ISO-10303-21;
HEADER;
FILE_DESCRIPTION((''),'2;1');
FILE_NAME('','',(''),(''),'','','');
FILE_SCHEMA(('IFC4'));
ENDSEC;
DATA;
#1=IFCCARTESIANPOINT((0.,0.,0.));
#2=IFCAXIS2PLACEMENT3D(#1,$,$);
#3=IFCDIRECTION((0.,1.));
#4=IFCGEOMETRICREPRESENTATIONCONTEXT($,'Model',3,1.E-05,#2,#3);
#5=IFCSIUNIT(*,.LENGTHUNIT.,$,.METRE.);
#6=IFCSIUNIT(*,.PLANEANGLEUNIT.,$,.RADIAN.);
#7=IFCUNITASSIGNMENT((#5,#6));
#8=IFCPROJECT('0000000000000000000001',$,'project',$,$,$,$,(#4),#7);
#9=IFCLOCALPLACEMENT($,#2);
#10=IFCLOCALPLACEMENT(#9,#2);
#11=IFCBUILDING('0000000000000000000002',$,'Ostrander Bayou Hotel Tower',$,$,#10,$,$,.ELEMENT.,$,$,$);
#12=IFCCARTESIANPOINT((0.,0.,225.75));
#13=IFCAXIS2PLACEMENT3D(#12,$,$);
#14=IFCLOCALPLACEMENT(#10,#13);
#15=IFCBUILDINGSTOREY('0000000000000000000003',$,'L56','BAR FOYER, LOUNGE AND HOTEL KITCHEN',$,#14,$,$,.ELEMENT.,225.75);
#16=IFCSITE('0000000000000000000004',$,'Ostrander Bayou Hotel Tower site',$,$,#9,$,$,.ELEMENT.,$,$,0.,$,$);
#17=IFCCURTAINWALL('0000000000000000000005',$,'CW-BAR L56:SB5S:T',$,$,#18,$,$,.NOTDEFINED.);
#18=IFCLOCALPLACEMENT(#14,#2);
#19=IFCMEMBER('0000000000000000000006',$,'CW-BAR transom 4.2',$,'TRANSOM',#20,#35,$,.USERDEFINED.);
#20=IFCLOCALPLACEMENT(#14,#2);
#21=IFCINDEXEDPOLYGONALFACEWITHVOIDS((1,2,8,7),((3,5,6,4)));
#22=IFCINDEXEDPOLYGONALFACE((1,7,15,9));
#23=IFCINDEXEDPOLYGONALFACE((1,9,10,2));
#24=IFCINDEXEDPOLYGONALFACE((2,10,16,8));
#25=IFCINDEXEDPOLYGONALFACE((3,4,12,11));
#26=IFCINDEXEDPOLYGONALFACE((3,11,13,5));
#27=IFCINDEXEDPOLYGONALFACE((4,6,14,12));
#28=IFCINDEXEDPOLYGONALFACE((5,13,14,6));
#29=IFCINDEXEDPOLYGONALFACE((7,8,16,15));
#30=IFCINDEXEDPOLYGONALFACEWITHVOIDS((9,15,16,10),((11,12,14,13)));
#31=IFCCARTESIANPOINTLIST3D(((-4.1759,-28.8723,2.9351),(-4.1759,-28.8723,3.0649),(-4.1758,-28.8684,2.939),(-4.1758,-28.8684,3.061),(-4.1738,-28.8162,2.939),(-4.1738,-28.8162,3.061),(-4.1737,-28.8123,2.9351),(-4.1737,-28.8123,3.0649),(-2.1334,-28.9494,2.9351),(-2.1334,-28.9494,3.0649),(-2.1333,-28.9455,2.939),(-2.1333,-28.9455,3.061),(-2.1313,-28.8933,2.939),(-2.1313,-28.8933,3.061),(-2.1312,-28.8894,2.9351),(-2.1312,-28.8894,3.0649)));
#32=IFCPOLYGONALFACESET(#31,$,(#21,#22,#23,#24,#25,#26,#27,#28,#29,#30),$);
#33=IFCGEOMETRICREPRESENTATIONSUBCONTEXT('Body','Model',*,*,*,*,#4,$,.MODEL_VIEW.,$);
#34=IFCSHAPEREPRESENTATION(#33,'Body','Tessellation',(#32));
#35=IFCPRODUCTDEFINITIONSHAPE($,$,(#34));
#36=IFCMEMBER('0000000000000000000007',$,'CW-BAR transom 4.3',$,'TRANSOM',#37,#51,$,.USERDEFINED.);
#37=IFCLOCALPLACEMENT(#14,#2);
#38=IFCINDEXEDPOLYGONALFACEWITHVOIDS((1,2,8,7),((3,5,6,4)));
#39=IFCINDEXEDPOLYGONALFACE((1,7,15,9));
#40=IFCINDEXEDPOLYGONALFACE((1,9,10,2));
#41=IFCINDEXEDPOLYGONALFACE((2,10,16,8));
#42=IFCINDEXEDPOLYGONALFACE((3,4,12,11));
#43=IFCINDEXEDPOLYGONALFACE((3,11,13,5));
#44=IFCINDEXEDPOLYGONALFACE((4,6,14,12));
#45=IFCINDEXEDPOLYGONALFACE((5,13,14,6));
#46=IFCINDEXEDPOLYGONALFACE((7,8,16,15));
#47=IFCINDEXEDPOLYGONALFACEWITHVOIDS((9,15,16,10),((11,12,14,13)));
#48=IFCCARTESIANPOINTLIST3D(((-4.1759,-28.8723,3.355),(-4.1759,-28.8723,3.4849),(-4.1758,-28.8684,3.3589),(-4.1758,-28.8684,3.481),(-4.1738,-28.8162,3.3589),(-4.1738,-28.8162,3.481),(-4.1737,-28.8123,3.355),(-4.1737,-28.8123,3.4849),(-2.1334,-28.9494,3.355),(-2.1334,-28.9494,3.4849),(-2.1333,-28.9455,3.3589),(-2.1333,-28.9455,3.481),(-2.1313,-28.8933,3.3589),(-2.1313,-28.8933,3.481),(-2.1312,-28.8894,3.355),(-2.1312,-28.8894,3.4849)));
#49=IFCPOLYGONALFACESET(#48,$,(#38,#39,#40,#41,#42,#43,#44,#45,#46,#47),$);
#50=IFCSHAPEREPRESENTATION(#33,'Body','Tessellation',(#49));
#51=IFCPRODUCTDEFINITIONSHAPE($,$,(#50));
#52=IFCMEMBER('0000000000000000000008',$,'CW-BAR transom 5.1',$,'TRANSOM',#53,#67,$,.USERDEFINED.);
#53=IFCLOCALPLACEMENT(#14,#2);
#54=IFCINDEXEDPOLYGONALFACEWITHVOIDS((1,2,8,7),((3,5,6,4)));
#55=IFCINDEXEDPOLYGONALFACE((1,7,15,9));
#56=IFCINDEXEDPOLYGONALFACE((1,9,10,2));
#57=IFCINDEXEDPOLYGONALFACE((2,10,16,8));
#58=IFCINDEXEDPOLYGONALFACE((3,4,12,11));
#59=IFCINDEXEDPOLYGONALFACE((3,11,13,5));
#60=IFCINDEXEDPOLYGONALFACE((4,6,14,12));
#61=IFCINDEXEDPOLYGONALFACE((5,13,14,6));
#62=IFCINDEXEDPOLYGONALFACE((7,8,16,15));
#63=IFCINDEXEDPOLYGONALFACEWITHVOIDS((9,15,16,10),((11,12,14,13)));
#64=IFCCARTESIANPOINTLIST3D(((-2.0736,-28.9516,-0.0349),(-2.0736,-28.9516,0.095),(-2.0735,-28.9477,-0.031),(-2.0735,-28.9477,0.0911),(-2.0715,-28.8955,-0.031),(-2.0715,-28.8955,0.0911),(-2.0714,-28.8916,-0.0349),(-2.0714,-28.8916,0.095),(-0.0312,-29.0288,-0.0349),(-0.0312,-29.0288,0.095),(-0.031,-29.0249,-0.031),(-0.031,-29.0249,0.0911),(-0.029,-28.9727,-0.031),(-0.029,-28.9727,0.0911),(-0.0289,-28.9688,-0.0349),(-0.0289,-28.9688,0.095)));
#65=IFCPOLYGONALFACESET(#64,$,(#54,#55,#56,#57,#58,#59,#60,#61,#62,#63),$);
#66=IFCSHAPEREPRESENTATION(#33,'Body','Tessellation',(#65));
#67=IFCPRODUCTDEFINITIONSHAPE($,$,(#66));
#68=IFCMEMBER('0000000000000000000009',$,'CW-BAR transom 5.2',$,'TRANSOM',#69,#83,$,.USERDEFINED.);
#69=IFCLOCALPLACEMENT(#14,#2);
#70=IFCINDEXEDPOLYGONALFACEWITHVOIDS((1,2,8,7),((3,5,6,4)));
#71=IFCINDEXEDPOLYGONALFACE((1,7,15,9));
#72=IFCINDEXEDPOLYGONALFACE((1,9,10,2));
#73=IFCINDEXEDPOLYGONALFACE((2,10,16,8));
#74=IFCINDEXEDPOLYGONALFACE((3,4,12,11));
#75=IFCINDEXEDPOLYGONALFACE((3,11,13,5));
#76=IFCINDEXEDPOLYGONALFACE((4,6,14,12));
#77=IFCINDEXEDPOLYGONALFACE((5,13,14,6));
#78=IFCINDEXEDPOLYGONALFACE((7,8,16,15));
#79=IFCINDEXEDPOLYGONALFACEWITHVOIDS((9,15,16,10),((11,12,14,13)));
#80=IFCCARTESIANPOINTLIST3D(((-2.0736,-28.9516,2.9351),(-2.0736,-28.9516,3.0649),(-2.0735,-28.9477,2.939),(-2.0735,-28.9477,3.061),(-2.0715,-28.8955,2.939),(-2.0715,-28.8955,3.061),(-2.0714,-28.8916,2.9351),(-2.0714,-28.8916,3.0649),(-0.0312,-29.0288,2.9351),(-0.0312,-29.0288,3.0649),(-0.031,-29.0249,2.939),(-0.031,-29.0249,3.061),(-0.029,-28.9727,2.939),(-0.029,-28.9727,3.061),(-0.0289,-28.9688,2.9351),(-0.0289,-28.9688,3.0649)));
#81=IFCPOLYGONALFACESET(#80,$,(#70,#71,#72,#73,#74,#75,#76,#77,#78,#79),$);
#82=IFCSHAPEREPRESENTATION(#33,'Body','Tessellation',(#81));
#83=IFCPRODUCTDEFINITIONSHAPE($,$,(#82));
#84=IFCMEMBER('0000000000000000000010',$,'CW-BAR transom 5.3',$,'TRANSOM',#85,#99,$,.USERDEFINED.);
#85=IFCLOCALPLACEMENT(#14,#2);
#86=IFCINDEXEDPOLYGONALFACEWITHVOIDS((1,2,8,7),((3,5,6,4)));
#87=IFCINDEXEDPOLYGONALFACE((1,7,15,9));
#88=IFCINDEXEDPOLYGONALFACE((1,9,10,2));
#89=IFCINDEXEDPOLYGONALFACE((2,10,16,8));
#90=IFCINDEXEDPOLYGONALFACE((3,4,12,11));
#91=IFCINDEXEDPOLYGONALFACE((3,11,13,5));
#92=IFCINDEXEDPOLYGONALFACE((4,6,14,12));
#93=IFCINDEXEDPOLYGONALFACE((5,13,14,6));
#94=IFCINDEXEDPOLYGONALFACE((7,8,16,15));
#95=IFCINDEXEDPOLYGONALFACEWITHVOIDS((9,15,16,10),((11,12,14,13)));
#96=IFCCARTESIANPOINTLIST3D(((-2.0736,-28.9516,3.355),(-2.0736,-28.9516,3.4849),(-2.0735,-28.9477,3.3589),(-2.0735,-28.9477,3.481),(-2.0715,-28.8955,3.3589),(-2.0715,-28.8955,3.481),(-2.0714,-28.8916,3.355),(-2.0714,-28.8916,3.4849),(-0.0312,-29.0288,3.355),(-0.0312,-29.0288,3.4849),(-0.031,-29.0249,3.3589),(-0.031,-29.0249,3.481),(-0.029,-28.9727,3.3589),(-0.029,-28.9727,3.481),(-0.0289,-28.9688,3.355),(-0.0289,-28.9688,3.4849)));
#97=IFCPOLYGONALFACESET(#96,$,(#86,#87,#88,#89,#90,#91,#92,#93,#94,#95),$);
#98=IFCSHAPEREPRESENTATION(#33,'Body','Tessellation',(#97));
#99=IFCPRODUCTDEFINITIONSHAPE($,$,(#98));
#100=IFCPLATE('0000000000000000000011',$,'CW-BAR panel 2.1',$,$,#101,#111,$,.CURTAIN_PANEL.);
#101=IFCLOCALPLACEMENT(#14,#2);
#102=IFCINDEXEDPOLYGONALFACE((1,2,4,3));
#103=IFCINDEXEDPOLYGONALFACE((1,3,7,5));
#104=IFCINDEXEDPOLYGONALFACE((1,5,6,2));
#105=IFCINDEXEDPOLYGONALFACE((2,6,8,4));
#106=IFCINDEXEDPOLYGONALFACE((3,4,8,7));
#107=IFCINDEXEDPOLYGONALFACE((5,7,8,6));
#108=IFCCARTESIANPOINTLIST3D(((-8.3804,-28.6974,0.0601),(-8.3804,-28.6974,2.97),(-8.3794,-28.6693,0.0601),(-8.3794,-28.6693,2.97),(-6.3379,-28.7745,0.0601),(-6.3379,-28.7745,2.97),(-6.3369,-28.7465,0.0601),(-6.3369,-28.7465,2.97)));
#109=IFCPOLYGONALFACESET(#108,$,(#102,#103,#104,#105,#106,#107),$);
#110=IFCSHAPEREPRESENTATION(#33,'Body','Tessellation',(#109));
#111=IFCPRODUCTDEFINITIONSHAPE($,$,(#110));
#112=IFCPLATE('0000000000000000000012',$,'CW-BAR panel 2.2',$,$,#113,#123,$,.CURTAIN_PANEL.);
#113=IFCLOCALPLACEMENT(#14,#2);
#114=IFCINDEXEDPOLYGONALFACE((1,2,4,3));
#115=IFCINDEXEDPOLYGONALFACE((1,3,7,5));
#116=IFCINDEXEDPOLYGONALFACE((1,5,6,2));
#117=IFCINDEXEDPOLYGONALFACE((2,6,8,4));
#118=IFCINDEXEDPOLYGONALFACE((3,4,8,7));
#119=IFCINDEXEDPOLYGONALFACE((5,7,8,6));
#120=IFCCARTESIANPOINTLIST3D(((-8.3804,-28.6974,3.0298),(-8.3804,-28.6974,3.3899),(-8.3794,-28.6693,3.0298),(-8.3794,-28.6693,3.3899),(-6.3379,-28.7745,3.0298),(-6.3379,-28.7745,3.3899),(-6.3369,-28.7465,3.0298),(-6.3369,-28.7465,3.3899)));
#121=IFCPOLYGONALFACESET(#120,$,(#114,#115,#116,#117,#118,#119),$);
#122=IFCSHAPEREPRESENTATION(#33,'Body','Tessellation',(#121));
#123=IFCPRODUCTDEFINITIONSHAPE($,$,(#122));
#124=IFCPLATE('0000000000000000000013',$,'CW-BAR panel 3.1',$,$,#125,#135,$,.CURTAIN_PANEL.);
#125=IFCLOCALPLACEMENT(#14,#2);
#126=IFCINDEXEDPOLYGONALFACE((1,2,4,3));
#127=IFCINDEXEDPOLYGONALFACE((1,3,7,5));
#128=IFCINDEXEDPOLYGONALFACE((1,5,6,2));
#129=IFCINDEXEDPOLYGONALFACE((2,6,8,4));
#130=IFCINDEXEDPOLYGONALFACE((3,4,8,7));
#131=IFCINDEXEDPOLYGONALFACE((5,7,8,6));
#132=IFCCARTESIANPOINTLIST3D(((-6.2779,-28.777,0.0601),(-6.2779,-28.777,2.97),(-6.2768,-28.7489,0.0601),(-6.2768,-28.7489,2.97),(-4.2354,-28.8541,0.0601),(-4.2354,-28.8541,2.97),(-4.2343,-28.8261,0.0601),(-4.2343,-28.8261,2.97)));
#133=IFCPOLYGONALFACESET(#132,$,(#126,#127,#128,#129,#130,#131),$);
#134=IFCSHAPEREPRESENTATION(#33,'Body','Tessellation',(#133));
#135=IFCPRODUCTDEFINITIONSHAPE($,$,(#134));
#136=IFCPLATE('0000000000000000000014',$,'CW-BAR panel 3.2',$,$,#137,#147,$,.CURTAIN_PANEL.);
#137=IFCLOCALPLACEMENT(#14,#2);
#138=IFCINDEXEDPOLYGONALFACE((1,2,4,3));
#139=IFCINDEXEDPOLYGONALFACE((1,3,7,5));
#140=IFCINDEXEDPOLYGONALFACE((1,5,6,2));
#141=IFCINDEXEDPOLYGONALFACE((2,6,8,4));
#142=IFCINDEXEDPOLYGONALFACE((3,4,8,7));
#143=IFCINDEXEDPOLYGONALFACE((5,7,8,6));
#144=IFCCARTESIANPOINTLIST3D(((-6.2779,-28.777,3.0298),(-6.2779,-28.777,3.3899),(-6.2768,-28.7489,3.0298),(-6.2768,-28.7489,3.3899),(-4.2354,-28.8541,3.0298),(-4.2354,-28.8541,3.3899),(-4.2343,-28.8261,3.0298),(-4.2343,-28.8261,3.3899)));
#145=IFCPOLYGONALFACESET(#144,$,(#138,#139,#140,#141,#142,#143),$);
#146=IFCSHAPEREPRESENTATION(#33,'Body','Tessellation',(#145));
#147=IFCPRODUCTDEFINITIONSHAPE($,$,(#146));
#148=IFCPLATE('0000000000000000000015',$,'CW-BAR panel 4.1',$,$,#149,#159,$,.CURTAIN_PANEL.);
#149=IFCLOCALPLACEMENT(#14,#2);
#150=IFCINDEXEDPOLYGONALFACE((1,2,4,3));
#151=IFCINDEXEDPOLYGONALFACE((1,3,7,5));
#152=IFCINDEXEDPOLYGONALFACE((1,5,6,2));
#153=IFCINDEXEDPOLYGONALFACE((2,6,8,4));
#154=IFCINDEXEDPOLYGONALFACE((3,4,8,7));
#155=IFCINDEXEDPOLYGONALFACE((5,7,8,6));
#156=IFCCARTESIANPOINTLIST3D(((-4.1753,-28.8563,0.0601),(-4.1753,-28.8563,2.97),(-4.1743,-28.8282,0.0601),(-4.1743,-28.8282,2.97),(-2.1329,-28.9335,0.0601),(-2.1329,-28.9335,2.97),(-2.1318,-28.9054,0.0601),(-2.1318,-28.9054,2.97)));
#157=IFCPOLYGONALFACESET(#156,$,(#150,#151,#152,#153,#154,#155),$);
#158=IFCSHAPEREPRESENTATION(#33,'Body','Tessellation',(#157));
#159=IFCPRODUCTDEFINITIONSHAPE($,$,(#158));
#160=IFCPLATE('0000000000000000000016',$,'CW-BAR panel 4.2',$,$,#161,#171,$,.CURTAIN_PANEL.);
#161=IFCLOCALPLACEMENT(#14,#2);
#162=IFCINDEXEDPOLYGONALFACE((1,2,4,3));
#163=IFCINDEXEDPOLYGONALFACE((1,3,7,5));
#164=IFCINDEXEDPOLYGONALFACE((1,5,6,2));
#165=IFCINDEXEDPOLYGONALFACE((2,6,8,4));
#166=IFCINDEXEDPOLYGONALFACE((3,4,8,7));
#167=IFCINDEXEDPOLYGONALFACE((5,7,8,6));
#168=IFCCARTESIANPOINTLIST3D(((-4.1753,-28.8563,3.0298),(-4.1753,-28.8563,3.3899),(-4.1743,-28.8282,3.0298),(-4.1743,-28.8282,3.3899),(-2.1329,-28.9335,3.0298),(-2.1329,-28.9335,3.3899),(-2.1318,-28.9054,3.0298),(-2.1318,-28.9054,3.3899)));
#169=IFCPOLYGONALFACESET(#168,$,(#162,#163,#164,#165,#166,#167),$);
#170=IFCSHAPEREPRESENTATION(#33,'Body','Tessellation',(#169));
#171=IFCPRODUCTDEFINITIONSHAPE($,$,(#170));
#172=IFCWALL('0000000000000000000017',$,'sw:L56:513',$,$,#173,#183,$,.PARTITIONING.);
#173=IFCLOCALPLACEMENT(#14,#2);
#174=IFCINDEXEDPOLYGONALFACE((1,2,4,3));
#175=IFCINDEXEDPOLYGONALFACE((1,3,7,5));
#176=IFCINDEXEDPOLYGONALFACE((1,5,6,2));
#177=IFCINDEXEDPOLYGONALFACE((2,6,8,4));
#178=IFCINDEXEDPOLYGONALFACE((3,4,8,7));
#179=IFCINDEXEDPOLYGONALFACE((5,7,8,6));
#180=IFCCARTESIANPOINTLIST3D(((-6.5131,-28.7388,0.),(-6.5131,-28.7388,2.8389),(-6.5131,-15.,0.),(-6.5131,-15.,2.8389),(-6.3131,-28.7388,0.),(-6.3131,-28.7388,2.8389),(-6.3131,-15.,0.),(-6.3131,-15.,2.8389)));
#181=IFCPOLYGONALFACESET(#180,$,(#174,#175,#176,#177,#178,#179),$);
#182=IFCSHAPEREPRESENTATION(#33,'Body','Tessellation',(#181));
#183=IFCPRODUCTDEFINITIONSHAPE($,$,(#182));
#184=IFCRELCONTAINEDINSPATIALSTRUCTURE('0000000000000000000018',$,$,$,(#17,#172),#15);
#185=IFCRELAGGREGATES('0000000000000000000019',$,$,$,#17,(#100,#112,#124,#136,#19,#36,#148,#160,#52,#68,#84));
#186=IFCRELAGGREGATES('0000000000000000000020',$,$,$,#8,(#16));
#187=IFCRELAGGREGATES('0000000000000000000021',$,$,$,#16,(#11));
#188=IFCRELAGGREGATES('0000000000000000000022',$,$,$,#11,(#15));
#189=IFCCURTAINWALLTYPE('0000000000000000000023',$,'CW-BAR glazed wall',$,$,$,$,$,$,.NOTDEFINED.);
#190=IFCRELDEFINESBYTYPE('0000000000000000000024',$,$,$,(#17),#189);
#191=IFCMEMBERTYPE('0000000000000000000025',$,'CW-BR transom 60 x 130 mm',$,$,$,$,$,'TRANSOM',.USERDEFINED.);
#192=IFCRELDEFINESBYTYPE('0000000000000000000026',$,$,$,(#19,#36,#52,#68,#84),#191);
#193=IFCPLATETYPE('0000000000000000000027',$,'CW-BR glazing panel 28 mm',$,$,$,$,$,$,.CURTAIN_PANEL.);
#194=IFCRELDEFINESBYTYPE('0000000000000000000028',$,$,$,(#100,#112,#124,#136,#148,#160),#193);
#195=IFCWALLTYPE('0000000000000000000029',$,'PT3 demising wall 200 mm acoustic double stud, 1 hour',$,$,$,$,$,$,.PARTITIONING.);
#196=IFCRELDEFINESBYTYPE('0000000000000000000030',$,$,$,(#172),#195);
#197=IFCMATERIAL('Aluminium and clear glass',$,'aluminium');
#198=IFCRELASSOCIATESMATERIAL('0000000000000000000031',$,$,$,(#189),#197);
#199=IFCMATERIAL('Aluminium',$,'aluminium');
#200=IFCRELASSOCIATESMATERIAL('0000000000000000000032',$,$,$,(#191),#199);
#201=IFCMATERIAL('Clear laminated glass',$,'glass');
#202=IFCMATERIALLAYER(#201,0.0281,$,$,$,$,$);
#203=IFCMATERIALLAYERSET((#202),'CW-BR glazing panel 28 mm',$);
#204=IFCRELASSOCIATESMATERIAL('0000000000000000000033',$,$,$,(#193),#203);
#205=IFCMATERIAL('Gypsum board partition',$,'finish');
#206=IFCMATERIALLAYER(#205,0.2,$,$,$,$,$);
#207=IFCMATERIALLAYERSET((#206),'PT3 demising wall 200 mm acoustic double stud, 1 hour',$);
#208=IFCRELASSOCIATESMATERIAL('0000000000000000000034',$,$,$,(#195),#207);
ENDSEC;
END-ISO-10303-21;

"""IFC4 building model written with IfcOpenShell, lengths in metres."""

from ifc_helpers import new_model, si_unit, direction, frame, frame_2d, origin, origin_2d, place, context, subcontext, project, spatial, rectangle, hollow_rectangle, extrude, material, layer, layer_set, material_profile, profile_set, type_object, element, aggregate, save


model = new_model("IFC4")

# Units and contexts
model_context = context("Model", 3, precision=1e-05, world=origin(), true_north=direction((0.0, 1.0)))
body_context = subcontext(model_context, "Body", "Model", "MODEL_VIEW")
ifc_project = project(units=[si_unit("LENGTHUNIT", "METRE"), si_unit("PLANEANGLEUNIT", "RADIAN")], contexts=[model_context])

# Site, building, storey
site_placement = place(None, origin())
site = spatial("IfcSite", under=ifc_project, at=site_placement, Name="Ostrander Bayou Hotel Tower site", CompositionType="ELEMENT", RefElevation=0.0)
building_placement = place(site_placement, origin())
building = spatial("IfcBuilding", under=site, at=building_placement, Name="Ostrander Bayou Hotel Tower", CompositionType="ELEMENT")
storey_placement = place(building_placement, frame((0.0, 0.0, 225.75)))
storey = spatial("IfcBuildingStorey", under=building, at=storey_placement, Name="L56", Description="BAR FOYER, LOUNGE AND HOTEL KITCHEN", CompositionType="ELEMENT", Elevation=225.75)

# Curtain wall, members, plates
ifc_material_1 = material(Name="Aluminium and clear glass", Category="aluminium")
curtain_wall_type = type_object("IfcCurtainWallType", Name="CW-BAR glazed wall", PredefinedType="NOTDEFINED", material=ifc_material_1)
curtain_wall_placement = place(storey_placement, origin())
curtain_wall = element("IfcCurtainWall", 1, at=curtain_wall_placement, inside=storey, type_object=curtain_wall_type, Name="CW-BAR L56:SB5S:T", PredefinedType="NOTDEFINED")
ifc_material_2 = material(Name="Aluminium", Category="aluminium")
ifc_material_profile_1 = material_profile(ifc_material_2, hollow_rectangle(XDim=0.0601, YDim=0.1299, WallThickness=0.0039, at=origin_2d()))
ifc_profile_set_1 = profile_set([ifc_material_profile_1], Name="Aluminium")
member_type_1 = type_object("IfcMemberType", Name="CW-BR transom 60 x 130 mm", ElementType="TRANSOM", PredefinedType="USERDEFINED", material=ifc_profile_set_1)
member_1_placement = place(storey_placement, frame((-4.1748, -28.8423, 3.0), z_axis=(0.999287, -0.037745, 0.0), x_axis=(0.037745, 0.999287, 0.0)))
member_1 = element("IfcMember", 2, at=member_1_placement, type_object=member_type_1, Name="CW-BAR transom 4.2", ObjectType="TRANSOM", PredefinedType="USERDEFINED", context=body_context, shape_type="SweptSolid", body=[
    extrude(hollow_rectangle(XDim=0.0601, YDim=0.1299, WallThickness=0.0039, at=origin_2d()), origin(), (0.0, 0.0, 1.0), 2.0439),
])
member_2_placement = place(storey_placement, frame((-4.1748, -28.8423, 3.4199), z_axis=(0.999287, -0.037745, 0.0), x_axis=(0.037745, 0.999287, 0.0)))
member_2 = element("IfcMember", 3, at=member_2_placement, type_object=member_type_1, Name="CW-BAR transom 4.3", ObjectType="TRANSOM", PredefinedType="USERDEFINED", context=body_context, shape_type="SweptSolid", body=[
    extrude(hollow_rectangle(XDim=0.0601, YDim=0.1299, WallThickness=0.0039, at=origin_2d()), origin(), (0.0, 0.0, 1.0), 2.0439),
])
member_3_placement = place(storey_placement, frame((-2.0725, -28.9216, 0.03), z_axis=(0.999287, -0.037745, 0.0), x_axis=(0.037745, 0.999287, 0.0)))
member_3 = element("IfcMember", 4, at=member_3_placement, type_object=member_type_1, Name="CW-BAR transom 5.1", ObjectType="TRANSOM", PredefinedType="USERDEFINED", context=body_context, shape_type="SweptSolid", body=[
    extrude(hollow_rectangle(XDim=0.0601, YDim=0.1299, WallThickness=0.0039, at=origin_2d()), origin(), (0.0, 0.0, 1.0), 2.0439),
])
member_4_placement = place(storey_placement, frame((-2.0725, -28.9216, 3.0), z_axis=(0.999287, -0.037745, 0.0), x_axis=(0.037745, 0.999287, 0.0)))
member_4 = element("IfcMember", 5, at=member_4_placement, type_object=member_type_1, Name="CW-BAR transom 5.2", ObjectType="TRANSOM", PredefinedType="USERDEFINED", context=body_context, shape_type="SweptSolid", body=[
    extrude(hollow_rectangle(XDim=0.0601, YDim=0.1299, WallThickness=0.0039, at=origin_2d()), origin(), (0.0, 0.0, 1.0), 2.0439),
])
member_5_placement = place(storey_placement, frame((-2.0725, -28.9216, 3.4199), z_axis=(0.999287, -0.037745, 0.0), x_axis=(0.037745, 0.999287, 0.0)))
member_5 = element("IfcMember", 6, at=member_5_placement, type_object=member_type_1, Name="CW-BAR transom 5.3", ObjectType="TRANSOM", PredefinedType="USERDEFINED", context=body_context, shape_type="SweptSolid", body=[
    extrude(hollow_rectangle(XDim=0.0601, YDim=0.1299, WallThickness=0.0039, at=origin_2d()), origin(), (0.0, 0.0, 1.0), 2.0439),
])
ifc_material_3 = material(Name="Clear laminated glass", Category="glass")
ifc_layer_1 = layer(ifc_material_3, 0.0281)
ifc_layer_set_1 = layer_set([ifc_layer_1], Name="CW-BR glazing panel 28 mm")
plate_type = type_object("IfcPlateType", Name="CW-BR glazing panel 28 mm", PredefinedType="CURTAIN_PANEL", material=ifc_layer_set_1)
plate_1_placement = place(storey_placement, frame((-7.3586, -28.7219, 0.0601), z_axis=(0.0, 0.0, 1.0), x_axis=(0.999287, -0.037758, 0.0)))
plate_1 = element("IfcPlate", 7, at=plate_1_placement, type_object=plate_type, Name="CW-BAR panel 2.1", PredefinedType="CURTAIN_PANEL", context=body_context, shape_type="SweptSolid", body=[
    extrude(rectangle(XDim=2.0439, YDim=0.0281, at=origin_2d()), origin(), (0.0, 0.0, 1.0), 2.9099),
])
plate_2_placement = place(storey_placement, frame((-7.3586, -28.7219, 3.0298), z_axis=(0.0, 0.0, 1.0), x_axis=(0.999287, -0.037758, 0.0)))
plate_2 = element("IfcPlate", 8, at=plate_2_placement, type_object=plate_type, Name="CW-BAR panel 2.2", PredefinedType="CURTAIN_PANEL", context=body_context, shape_type="SweptSolid", body=[
    extrude(rectangle(XDim=2.0439, YDim=0.0281, at=origin_2d()), origin(), (0.0, 0.0, 1.0), 0.3601),
])
plate_3_placement = place(storey_placement, frame((-5.2561, -28.8015, 0.0601), z_axis=(0.0, 0.0, 1.0), x_axis=(0.999287, -0.037758, 0.0)))
plate_3 = element("IfcPlate", 9, at=plate_3_placement, type_object=plate_type, Name="CW-BAR panel 3.1", PredefinedType="CURTAIN_PANEL", context=body_context, shape_type="SweptSolid", body=[
    extrude(rectangle(XDim=2.0439, YDim=0.0281, at=origin_2d()), origin(), (0.0, 0.0, 1.0), 2.9099),
])
plate_4_placement = place(storey_placement, frame((-5.2561, -28.8015, 3.0298), z_axis=(0.0, 0.0, 1.0), x_axis=(0.999287, -0.037758, 0.0)))
plate_4 = element("IfcPlate", 10, at=plate_4_placement, type_object=plate_type, Name="CW-BAR panel 3.2", PredefinedType="CURTAIN_PANEL", context=body_context, shape_type="SweptSolid", body=[
    extrude(rectangle(XDim=2.0439, YDim=0.0281, at=origin_2d()), origin(), (0.0, 0.0, 1.0), 0.3601),
])
plate_5_placement = place(storey_placement, frame((-3.1536, -28.8809, 0.0601), z_axis=(0.0, 0.0, 1.0), x_axis=(0.999287, -0.037758, 0.0)))
plate_5 = element("IfcPlate", 11, at=plate_5_placement, type_object=plate_type, Name="CW-BAR panel 4.1", PredefinedType="CURTAIN_PANEL", context=body_context, shape_type="SweptSolid", body=[
    extrude(rectangle(XDim=2.0439, YDim=0.0281, at=origin_2d()), origin(), (0.0, 0.0, 1.0), 2.9099),
])
plate_6_placement = place(storey_placement, frame((-3.1536, -28.8809, 3.0298), z_axis=(0.0, 0.0, 1.0), x_axis=(0.999287, -0.037758, 0.0)))
plate_6 = element("IfcPlate", 12, at=plate_6_placement, type_object=plate_type, Name="CW-BAR panel 4.2", PredefinedType="CURTAIN_PANEL", context=body_context, shape_type="SweptSolid", body=[
    extrude(rectangle(XDim=2.0439, YDim=0.0281, at=origin_2d()), origin(), (0.0, 0.0, 1.0), 0.3601),
])
aggregate(curtain_wall, [plate_1, plate_2, plate_3, plate_4, member_1, member_2, plate_5, plate_6, member_3, member_4, member_5])

# Wall
ifc_material_4 = material(Name="Gypsum board partition", Category="finish")
ifc_layer_2 = layer(ifc_material_4, 0.2)
ifc_layer_set_2 = layer_set([ifc_layer_2], Name="PT3 demising wall 200 mm acoustic double stud, 1 hour")
wall_type = type_object("IfcWallType", Name="PT3 demising wall 200 mm acoustic double stud, 1 hour", PredefinedType="PARTITIONING", material=ifc_layer_set_2)
wall_placement = place(storey_placement, frame((-6.4131, -28.7388, 0.0), z_axis=(0.0, 0.0, 1.0), x_axis=(0.0, 1.0, 0.0)))
element("IfcWall", 13, at=wall_placement, inside=storey, type_object=wall_type, Name="sw:L56:513", PredefinedType="PARTITIONING", context=body_context, shape_type="SweptSolid", body=[
    extrude(rectangle(XDim=13.7388, YDim=0.2, at=frame_2d((6.8694, 0.0))), origin(), (0.0, 0.0, 1.0), 2.8389),
])

save(model, "model.ifc")
